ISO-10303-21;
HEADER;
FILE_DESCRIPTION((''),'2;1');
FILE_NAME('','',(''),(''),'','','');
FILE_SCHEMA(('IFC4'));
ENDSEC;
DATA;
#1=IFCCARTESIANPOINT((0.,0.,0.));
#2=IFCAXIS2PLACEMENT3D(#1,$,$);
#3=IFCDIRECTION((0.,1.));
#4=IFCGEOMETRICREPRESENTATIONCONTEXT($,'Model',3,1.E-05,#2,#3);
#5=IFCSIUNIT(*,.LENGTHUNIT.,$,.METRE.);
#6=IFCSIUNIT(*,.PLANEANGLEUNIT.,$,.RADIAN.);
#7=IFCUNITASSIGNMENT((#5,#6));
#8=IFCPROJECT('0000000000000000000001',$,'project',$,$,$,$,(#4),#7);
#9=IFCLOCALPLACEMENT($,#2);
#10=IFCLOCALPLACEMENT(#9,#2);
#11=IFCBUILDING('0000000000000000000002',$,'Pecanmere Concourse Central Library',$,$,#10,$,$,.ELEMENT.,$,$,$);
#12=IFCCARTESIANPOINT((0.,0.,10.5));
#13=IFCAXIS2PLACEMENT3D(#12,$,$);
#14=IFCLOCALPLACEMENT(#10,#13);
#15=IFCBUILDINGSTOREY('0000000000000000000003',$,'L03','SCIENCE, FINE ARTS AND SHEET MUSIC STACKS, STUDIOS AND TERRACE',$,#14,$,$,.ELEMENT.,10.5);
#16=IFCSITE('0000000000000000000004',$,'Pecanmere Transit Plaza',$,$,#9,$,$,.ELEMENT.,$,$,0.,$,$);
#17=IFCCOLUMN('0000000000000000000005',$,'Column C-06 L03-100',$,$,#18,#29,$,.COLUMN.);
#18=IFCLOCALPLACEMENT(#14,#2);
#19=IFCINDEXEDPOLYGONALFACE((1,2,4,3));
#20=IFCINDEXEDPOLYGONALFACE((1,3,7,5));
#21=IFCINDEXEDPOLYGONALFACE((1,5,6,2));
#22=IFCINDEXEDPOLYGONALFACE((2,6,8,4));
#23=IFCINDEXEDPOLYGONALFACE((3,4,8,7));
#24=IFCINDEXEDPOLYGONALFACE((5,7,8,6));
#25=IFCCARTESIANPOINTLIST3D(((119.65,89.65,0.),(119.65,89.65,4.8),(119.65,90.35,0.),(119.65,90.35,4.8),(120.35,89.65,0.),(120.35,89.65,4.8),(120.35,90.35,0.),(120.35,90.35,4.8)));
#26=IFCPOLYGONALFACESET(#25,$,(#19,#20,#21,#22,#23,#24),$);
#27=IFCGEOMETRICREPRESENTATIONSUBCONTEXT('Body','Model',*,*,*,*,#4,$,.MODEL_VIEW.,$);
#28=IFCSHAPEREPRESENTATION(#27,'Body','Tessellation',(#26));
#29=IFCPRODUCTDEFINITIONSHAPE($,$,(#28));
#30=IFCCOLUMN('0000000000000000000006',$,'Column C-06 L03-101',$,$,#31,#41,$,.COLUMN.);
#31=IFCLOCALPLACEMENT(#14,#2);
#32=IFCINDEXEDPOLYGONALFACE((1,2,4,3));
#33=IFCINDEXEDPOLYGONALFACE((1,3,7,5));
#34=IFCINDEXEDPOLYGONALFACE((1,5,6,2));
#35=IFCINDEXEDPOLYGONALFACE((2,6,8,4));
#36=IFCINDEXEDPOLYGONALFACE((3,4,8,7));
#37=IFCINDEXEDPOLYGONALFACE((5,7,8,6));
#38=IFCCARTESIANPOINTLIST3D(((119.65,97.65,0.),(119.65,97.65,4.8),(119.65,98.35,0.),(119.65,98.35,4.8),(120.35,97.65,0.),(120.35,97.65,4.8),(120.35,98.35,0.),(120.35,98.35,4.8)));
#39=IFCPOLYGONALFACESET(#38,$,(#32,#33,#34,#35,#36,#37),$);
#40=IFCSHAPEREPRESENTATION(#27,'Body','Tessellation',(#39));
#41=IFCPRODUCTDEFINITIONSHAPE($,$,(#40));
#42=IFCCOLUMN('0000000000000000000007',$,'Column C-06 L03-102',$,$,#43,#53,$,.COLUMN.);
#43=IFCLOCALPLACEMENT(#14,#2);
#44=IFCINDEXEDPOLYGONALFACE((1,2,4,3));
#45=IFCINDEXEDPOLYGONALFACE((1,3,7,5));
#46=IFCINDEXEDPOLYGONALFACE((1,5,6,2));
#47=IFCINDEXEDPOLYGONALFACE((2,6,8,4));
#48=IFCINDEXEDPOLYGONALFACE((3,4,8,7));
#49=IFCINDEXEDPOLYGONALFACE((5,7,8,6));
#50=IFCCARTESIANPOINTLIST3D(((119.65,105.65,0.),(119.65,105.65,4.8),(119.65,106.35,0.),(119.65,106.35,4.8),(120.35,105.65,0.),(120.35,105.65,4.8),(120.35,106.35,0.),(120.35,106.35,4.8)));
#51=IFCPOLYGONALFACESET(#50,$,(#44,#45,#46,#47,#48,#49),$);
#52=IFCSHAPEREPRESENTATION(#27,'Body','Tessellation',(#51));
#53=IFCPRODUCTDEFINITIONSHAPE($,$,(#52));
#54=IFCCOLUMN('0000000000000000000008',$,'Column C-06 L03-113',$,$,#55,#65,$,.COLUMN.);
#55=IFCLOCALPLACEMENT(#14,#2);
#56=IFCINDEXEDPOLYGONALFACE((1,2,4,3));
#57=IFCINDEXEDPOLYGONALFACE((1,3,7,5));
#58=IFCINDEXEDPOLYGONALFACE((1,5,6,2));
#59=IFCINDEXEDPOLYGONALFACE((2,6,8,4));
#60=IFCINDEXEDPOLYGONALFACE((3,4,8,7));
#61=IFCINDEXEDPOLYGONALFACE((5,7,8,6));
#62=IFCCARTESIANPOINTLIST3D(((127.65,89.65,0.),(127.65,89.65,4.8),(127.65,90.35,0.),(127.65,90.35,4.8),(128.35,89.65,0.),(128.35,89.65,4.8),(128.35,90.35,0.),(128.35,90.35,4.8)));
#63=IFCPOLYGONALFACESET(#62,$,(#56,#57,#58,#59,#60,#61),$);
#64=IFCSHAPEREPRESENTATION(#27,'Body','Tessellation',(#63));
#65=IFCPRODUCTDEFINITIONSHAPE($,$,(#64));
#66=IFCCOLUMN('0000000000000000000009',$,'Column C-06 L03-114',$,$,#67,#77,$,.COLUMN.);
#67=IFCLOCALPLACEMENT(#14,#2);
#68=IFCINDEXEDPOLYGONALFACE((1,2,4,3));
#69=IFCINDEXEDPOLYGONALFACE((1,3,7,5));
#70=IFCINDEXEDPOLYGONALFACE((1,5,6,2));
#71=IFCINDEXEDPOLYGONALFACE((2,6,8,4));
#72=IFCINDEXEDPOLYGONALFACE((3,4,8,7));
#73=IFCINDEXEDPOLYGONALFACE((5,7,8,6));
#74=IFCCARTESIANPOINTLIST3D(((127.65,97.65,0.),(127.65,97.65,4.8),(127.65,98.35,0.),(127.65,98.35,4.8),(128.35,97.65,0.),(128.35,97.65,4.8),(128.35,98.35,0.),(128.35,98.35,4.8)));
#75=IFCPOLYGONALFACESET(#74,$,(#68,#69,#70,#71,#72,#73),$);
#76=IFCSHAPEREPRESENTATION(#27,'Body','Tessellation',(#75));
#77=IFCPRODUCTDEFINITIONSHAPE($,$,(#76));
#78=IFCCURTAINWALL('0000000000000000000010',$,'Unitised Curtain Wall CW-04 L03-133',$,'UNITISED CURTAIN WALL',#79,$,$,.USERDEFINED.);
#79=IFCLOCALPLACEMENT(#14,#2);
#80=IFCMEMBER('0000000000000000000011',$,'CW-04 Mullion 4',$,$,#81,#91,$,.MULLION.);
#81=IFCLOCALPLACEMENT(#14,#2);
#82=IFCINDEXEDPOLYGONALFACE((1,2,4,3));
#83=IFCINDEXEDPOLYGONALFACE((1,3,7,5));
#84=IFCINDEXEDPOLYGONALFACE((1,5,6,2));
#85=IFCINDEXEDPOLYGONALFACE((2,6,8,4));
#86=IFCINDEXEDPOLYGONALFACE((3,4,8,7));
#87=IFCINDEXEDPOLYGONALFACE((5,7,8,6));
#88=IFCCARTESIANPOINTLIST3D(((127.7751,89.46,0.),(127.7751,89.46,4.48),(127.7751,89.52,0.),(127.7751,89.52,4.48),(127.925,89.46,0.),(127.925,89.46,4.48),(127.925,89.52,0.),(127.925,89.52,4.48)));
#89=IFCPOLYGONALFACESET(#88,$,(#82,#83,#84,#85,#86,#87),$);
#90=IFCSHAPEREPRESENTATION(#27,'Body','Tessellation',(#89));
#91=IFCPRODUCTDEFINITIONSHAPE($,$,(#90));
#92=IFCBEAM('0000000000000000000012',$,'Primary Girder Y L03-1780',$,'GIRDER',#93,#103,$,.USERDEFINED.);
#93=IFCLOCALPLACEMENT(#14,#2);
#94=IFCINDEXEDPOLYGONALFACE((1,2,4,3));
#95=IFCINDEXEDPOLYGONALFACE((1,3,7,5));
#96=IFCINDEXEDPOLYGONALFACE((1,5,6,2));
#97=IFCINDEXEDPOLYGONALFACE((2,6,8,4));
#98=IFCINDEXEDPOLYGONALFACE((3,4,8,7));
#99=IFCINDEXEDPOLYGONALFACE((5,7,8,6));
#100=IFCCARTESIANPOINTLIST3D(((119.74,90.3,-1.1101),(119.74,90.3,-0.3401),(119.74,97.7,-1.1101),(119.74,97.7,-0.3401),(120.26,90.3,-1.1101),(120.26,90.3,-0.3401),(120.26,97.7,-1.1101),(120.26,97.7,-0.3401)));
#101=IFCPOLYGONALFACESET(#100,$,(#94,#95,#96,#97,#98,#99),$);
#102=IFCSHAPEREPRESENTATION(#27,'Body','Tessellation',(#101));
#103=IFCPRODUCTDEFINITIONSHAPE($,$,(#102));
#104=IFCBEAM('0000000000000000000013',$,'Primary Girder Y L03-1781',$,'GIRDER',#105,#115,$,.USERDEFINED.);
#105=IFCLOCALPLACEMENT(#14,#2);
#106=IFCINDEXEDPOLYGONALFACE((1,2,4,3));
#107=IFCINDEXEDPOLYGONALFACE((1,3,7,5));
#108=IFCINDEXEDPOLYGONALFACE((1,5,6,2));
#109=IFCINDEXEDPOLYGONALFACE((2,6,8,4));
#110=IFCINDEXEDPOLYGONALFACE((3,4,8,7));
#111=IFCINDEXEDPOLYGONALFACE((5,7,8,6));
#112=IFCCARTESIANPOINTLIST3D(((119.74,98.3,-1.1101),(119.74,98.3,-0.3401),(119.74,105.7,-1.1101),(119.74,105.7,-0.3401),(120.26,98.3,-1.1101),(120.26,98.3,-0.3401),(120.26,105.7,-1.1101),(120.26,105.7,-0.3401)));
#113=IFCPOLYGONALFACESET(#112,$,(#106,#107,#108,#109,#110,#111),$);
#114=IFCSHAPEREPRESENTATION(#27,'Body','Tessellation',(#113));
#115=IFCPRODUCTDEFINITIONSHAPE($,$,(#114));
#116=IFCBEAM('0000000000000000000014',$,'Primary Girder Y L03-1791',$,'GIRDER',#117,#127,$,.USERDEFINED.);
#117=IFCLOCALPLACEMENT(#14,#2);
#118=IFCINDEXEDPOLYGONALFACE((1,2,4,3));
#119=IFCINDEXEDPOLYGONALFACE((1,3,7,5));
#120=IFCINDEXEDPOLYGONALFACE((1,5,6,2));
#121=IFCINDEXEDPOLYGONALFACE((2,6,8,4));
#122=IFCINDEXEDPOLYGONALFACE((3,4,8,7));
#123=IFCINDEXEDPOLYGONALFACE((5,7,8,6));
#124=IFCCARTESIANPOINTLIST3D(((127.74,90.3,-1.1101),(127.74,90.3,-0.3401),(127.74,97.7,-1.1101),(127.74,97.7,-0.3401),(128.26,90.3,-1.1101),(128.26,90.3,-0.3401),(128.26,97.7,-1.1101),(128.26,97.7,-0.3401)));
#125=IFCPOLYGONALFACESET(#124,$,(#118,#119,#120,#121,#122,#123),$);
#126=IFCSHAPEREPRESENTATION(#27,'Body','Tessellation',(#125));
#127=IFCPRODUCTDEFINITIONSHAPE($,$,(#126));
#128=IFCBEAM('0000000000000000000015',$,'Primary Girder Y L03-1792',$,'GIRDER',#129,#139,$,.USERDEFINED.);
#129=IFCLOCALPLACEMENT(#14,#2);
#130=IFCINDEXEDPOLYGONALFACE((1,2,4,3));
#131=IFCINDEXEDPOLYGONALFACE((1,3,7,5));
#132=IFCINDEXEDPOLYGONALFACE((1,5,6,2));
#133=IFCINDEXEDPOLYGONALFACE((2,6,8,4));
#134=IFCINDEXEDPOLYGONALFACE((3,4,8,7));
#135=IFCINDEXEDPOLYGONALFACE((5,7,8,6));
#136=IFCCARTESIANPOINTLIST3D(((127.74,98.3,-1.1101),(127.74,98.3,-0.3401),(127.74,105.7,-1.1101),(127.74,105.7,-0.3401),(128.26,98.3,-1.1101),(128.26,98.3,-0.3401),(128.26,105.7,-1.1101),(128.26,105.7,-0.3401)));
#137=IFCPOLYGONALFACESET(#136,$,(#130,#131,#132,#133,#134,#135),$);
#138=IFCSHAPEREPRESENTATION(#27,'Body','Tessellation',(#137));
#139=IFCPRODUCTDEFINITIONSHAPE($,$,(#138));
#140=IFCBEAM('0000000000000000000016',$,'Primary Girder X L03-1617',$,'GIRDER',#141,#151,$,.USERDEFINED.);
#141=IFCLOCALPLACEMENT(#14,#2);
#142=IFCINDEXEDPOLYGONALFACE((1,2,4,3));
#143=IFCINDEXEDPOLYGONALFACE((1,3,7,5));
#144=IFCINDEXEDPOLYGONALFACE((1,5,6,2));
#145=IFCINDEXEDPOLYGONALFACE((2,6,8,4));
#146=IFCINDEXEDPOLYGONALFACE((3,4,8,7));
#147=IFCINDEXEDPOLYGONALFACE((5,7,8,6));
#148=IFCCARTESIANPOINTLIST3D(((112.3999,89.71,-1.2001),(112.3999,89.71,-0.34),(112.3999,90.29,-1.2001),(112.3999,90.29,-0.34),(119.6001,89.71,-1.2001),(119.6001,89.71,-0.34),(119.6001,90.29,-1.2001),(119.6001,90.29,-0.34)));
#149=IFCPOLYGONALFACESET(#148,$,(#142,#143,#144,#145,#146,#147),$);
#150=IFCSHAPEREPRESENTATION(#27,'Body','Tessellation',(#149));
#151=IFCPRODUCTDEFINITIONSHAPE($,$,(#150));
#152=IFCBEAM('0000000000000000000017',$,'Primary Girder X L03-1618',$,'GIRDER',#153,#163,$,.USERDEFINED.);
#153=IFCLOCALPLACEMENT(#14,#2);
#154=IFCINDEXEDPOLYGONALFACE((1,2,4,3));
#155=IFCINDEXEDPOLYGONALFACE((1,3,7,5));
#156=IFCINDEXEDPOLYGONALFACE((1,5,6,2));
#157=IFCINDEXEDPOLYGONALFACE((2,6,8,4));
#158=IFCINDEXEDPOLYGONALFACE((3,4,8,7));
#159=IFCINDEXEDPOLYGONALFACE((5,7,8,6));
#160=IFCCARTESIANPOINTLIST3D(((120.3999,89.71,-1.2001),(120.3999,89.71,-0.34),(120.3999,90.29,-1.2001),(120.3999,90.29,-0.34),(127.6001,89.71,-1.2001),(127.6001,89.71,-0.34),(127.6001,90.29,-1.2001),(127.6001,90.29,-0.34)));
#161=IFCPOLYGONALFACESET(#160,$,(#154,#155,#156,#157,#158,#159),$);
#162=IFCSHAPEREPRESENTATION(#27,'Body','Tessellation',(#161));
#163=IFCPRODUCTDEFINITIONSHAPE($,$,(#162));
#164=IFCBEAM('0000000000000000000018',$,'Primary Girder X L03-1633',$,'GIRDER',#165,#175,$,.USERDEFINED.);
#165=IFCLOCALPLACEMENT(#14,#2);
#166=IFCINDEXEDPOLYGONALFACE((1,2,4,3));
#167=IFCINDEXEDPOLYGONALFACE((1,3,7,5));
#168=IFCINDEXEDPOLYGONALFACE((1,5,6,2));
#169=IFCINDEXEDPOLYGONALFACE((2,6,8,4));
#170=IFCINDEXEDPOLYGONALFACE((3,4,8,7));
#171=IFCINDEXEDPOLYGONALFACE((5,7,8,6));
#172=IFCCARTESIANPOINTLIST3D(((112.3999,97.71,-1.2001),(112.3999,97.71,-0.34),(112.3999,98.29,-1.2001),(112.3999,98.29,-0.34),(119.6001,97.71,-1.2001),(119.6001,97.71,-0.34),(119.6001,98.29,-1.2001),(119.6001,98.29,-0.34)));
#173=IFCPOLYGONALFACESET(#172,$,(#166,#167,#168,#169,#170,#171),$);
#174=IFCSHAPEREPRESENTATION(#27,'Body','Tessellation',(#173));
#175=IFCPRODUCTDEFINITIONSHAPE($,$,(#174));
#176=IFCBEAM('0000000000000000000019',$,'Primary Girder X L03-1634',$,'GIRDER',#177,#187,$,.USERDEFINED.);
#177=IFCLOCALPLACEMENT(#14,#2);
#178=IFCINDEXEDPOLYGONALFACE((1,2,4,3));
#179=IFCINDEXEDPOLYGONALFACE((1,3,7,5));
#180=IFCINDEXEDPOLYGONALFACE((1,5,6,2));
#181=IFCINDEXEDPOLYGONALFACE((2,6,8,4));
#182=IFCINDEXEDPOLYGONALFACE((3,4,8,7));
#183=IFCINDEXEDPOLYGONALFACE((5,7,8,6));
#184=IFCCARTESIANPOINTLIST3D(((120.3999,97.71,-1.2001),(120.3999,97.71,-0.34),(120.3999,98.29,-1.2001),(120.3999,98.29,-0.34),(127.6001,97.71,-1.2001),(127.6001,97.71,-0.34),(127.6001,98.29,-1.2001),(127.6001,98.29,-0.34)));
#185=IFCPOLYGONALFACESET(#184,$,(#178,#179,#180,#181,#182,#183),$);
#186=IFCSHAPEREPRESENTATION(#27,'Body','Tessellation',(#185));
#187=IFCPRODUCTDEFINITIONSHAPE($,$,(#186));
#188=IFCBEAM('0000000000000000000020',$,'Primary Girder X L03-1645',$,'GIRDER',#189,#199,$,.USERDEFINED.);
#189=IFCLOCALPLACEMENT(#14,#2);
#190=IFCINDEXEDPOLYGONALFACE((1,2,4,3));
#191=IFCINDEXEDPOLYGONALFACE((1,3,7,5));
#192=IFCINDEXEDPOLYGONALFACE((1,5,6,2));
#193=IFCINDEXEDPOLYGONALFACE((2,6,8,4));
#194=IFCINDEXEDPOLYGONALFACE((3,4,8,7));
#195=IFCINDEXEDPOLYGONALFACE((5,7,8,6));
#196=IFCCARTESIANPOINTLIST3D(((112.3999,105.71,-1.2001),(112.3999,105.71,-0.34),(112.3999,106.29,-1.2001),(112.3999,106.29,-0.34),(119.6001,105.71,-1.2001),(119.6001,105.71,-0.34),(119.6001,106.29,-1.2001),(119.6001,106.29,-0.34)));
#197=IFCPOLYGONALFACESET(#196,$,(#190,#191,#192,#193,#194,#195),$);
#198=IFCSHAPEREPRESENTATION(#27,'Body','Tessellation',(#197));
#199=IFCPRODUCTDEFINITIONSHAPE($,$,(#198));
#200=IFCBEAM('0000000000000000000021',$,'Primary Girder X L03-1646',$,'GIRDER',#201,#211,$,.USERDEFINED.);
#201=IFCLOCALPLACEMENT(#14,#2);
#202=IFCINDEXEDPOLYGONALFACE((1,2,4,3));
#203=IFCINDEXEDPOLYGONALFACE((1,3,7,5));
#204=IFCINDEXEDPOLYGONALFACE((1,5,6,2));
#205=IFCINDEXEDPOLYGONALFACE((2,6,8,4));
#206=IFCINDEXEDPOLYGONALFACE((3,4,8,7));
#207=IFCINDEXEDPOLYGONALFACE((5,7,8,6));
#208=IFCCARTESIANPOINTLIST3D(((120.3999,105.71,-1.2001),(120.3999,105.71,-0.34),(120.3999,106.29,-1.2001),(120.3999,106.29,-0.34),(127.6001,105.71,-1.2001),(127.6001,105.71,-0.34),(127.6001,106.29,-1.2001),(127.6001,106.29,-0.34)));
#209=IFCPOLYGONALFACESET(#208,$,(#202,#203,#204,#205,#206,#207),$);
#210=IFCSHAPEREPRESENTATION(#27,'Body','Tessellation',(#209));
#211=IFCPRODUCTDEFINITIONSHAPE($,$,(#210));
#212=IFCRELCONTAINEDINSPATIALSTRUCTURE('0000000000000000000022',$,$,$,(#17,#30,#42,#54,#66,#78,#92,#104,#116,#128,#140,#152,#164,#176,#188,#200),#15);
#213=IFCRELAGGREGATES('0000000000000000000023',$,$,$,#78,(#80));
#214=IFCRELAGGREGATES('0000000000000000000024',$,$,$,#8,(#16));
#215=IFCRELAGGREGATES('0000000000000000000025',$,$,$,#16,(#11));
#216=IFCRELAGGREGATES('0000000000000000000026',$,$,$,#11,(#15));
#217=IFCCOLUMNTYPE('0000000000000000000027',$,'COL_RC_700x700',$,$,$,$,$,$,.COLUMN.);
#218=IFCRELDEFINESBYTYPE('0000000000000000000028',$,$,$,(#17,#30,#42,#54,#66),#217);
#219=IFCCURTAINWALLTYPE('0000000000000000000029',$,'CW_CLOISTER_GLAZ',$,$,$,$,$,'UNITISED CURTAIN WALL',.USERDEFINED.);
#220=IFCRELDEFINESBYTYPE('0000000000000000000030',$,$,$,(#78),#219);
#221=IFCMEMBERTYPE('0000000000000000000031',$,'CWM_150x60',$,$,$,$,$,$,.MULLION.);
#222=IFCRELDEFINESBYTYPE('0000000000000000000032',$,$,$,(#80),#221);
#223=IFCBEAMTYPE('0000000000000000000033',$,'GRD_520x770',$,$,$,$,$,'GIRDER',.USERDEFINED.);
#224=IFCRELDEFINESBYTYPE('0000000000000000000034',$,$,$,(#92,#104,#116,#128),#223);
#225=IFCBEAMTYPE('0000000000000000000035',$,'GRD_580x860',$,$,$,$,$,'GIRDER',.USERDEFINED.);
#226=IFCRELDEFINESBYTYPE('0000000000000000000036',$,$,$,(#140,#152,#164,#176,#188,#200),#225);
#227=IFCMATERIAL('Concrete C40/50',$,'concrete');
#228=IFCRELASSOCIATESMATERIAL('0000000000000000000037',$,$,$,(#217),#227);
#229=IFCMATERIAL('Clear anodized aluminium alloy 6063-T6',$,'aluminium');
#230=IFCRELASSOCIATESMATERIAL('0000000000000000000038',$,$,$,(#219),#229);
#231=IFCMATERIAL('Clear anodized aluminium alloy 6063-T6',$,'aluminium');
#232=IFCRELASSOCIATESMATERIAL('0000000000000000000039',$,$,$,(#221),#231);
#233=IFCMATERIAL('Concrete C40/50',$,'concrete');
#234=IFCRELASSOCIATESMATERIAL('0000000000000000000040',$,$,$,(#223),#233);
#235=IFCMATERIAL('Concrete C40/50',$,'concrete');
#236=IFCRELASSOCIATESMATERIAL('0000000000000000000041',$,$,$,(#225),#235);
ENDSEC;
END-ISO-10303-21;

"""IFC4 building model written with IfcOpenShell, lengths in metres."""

from ifc_helpers import new_model, si_unit, direction, frame, origin, origin_2d, place, context, subcontext, project, spatial, rectangle, extrude, material, material_profile, profile_set, type_object, element, aggregate, save


model = new_model("IFC4")

# Units and contexts
model_context = context("Model", 3, precision=1e-05, world=origin(), true_north=direction((0.0, 1.0)))
body_context = subcontext(model_context, "Body", "Model", "MODEL_VIEW")
ifc_project = project(units=[si_unit("LENGTHUNIT", "METRE"), si_unit("PLANEANGLEUNIT", "RADIAN")], contexts=[model_context])

# Site, building, storey
site_placement = place(None, origin())
site = spatial("IfcSite", under=ifc_project, at=site_placement, Name="Pecanmere Transit Plaza", CompositionType="ELEMENT", RefElevation=0.0)
building_placement = place(site_placement, origin())
building = spatial("IfcBuilding", under=site, at=building_placement, Name="Pecanmere Concourse Central Library", CompositionType="ELEMENT")
storey_placement = place(building_placement, frame((0.0, 0.0, 10.5)))
storey = spatial("IfcBuildingStorey", under=building, at=storey_placement, Name="L03", Description="SCIENCE, FINE ARTS AND SHEET MUSIC STACKS, STUDIOS AND TERRACE", CompositionType="ELEMENT", Elevation=10.5)

# Columns
ifc_material_1 = material(Name="Concrete C40/50", Category="concrete")
ifc_material_profile_1 = material_profile(ifc_material_1, rectangle(XDim=0.7, YDim=0.7, at=origin_2d()), Name="RC 700x700")
ifc_profile_set_1 = profile_set([ifc_material_profile_1], Name="Concrete C40/50")
column_type = type_object("IfcColumnType", Name="COL_RC_700x700", PredefinedType="COLUMN", material=ifc_profile_set_1)
for number, where, z_axis, x_axis, name in (
    (1, (120.0, 90.0, 0.0), (0.0, 0.0, 1.0), (1.0, 0.0, 0.0), "Column C-06 L03-100"),
    (2, (120.0, 98.0, 0.0), (0.0, 0.0, 1.0), (1.0, 0.0, 0.0), "Column C-06 L03-101"),
    (3, (120.0, 106.0, 0.0), (0.0, 0.0, 1.0), (1.0, 0.0, 0.0), "Column C-06 L03-102"),
    (4, (128.0, 90.0, 0.0), (0.0, 0.0, 1.0), (1.0, 0.0, 0.0), "Column C-06 L03-113"),
    (5, (128.0, 98.0, 0.0), (0.0, 0.0, 1.0), (1.0, 0.0, 0.0), "Column C-06 L03-114"),
):
    element("IfcColumn", number, at=place(storey_placement, frame(where, z_axis=z_axis, x_axis=x_axis)), inside=storey, type_object=column_type, Name=name, PredefinedType="COLUMN", context=body_context, shape_type="SweptSolid", body=[
        extrude(rectangle(XDim=0.7, YDim=0.7, at=origin_2d()), origin(), (0.0, 0.0, 1.0), 4.8),
    ])

# Curtain wall, member
ifc_material_2 = material(Name="Clear anodized aluminium alloy 6063-T6", Category="aluminium")
curtain_wall_type = type_object("IfcCurtainWallType", Name="CW_CLOISTER_GLAZ", ElementType="UNITISED CURTAIN WALL", PredefinedType="USERDEFINED", material=ifc_material_2)
curtain_wall_placement = place(storey_placement, origin())
curtain_wall = element("IfcCurtainWall", 6, at=curtain_wall_placement, inside=storey, type_object=curtain_wall_type, Name="Unitised Curtain Wall CW-04 L03-133", ObjectType="UNITISED CURTAIN WALL", PredefinedType="USERDEFINED")
ifc_material_3 = material(Name="Clear anodized aluminium alloy 6063-T6", Category="aluminium")
ifc_material_profile_2 = material_profile(ifc_material_3, rectangle(XDim=0.0601, YDim=0.1499, at=origin_2d()), Name="AL 60x150")
ifc_profile_set_2 = profile_set([ifc_material_profile_2], Name="Clear anodized aluminium alloy 6063-T6")
member_type = type_object("IfcMemberType", Name="CWM_150x60", PredefinedType="MULLION", material=ifc_profile_set_2)
member_placement = place(storey_placement, frame((127.8501, 89.49, 0.0), z_axis=(0.0, 0.0, 1.0), x_axis=(0.0, 1.0, 0.0)))
member = element("IfcMember", 7, at=member_placement, type_object=member_type, Name="CW-04 Mullion 4", PredefinedType="MULLION", context=body_context, shape_type="SweptSolid", body=[
    extrude(rectangle(XDim=0.0601, YDim=0.1499, at=origin_2d()), origin(), (0.0, 0.0, 1.0), 4.48),
])

# Beams
ifc_material_4 = material(Name="Concrete C40/50", Category="concrete")
ifc_material_profile_3 = material_profile(ifc_material_4, rectangle(XDim=0.52, YDim=0.77, at=origin_2d()), Name="RC 520x770")
ifc_profile_set_3 = profile_set([ifc_material_profile_3], Name="Concrete C40/50")
beam_type_1 = type_object("IfcBeamType", Name="GRD_520x770", ElementType="GIRDER", PredefinedType="USERDEFINED", material=ifc_profile_set_3)
for number, where, z_axis, x_axis, name in (
    (8, (120.0, 90.3, -0.7251), (0.0, 1.0, 0.0), (-1.0, 0.0, 0.0), "Primary Girder Y L03-1780"),
    (9, (120.0, 98.3, -0.7251), (0.0, 1.0, 0.0), (-1.0, 0.0, 0.0), "Primary Girder Y L03-1781"),
    (10, (128.0, 90.3, -0.7251), (0.0, 1.0, 0.0), (-1.0, 0.0, 0.0), "Primary Girder Y L03-1791"),
    (11, (128.0, 98.3, -0.7251), (0.0, 1.0, 0.0), (-1.0, 0.0, 0.0), "Primary Girder Y L03-1792"),
):
    element("IfcBeam", number, at=place(storey_placement, frame(where, z_axis=z_axis, x_axis=x_axis)), inside=storey, type_object=beam_type_1, Name=name, ObjectType="GIRDER", PredefinedType="USERDEFINED", context=body_context, shape_type="SweptSolid", body=[
        extrude(rectangle(XDim=0.52, YDim=0.77, at=origin_2d()), origin(), (0.0, 0.0, 1.0), 7.3999),
    ])
ifc_material_5 = material(Name="Concrete C40/50", Category="concrete")
ifc_material_profile_4 = material_profile(ifc_material_5, rectangle(XDim=0.5801, YDim=0.8601, at=origin_2d()), Name="RC 580x860")
ifc_profile_set_4 = profile_set([ifc_material_profile_4], Name="Concrete C40/50")
beam_type_2 = type_object("IfcBeamType", Name="GRD_580x860", ElementType="GIRDER", PredefinedType="USERDEFINED", material=ifc_profile_set_4)
for number, where, z_axis, x_axis, name in (
    (12, (112.3999, 90.0, -0.77), (1.0, 0.0, 0.0), (0.0, 1.0, 0.0), "Primary Girder X L03-1617"),
    (13, (120.3999, 90.0, -0.77), (1.0, 0.0, 0.0), (0.0, 1.0, 0.0), "Primary Girder X L03-1618"),
    (14, (112.3999, 98.0, -0.77), (1.0, 0.0, 0.0), (0.0, 1.0, 0.0), "Primary Girder X L03-1633"),
    (15, (120.3999, 98.0, -0.77), (1.0, 0.0, 0.0), (0.0, 1.0, 0.0), "Primary Girder X L03-1634"),
    (16, (112.3999, 106.0, -0.77), (1.0, 0.0, 0.0), (0.0, 1.0, 0.0), "Primary Girder X L03-1645"),
    (17, (120.3999, 106.0, -0.77), (1.0, 0.0, 0.0), (0.0, 1.0, 0.0), "Primary Girder X L03-1646"),
):
    element("IfcBeam", number, at=place(storey_placement, frame(where, z_axis=z_axis, x_axis=x_axis)), inside=storey, type_object=beam_type_2, Name=name, ObjectType="GIRDER", PredefinedType="USERDEFINED", context=body_context, shape_type="SweptSolid", body=[
        extrude(rectangle(XDim=0.5801, YDim=0.8601, at=origin_2d()), origin(), (0.0, 0.0, 1.0), 7.2002),
    ])

aggregate(curtain_wall, [member])

save(model, "model.ifc")
